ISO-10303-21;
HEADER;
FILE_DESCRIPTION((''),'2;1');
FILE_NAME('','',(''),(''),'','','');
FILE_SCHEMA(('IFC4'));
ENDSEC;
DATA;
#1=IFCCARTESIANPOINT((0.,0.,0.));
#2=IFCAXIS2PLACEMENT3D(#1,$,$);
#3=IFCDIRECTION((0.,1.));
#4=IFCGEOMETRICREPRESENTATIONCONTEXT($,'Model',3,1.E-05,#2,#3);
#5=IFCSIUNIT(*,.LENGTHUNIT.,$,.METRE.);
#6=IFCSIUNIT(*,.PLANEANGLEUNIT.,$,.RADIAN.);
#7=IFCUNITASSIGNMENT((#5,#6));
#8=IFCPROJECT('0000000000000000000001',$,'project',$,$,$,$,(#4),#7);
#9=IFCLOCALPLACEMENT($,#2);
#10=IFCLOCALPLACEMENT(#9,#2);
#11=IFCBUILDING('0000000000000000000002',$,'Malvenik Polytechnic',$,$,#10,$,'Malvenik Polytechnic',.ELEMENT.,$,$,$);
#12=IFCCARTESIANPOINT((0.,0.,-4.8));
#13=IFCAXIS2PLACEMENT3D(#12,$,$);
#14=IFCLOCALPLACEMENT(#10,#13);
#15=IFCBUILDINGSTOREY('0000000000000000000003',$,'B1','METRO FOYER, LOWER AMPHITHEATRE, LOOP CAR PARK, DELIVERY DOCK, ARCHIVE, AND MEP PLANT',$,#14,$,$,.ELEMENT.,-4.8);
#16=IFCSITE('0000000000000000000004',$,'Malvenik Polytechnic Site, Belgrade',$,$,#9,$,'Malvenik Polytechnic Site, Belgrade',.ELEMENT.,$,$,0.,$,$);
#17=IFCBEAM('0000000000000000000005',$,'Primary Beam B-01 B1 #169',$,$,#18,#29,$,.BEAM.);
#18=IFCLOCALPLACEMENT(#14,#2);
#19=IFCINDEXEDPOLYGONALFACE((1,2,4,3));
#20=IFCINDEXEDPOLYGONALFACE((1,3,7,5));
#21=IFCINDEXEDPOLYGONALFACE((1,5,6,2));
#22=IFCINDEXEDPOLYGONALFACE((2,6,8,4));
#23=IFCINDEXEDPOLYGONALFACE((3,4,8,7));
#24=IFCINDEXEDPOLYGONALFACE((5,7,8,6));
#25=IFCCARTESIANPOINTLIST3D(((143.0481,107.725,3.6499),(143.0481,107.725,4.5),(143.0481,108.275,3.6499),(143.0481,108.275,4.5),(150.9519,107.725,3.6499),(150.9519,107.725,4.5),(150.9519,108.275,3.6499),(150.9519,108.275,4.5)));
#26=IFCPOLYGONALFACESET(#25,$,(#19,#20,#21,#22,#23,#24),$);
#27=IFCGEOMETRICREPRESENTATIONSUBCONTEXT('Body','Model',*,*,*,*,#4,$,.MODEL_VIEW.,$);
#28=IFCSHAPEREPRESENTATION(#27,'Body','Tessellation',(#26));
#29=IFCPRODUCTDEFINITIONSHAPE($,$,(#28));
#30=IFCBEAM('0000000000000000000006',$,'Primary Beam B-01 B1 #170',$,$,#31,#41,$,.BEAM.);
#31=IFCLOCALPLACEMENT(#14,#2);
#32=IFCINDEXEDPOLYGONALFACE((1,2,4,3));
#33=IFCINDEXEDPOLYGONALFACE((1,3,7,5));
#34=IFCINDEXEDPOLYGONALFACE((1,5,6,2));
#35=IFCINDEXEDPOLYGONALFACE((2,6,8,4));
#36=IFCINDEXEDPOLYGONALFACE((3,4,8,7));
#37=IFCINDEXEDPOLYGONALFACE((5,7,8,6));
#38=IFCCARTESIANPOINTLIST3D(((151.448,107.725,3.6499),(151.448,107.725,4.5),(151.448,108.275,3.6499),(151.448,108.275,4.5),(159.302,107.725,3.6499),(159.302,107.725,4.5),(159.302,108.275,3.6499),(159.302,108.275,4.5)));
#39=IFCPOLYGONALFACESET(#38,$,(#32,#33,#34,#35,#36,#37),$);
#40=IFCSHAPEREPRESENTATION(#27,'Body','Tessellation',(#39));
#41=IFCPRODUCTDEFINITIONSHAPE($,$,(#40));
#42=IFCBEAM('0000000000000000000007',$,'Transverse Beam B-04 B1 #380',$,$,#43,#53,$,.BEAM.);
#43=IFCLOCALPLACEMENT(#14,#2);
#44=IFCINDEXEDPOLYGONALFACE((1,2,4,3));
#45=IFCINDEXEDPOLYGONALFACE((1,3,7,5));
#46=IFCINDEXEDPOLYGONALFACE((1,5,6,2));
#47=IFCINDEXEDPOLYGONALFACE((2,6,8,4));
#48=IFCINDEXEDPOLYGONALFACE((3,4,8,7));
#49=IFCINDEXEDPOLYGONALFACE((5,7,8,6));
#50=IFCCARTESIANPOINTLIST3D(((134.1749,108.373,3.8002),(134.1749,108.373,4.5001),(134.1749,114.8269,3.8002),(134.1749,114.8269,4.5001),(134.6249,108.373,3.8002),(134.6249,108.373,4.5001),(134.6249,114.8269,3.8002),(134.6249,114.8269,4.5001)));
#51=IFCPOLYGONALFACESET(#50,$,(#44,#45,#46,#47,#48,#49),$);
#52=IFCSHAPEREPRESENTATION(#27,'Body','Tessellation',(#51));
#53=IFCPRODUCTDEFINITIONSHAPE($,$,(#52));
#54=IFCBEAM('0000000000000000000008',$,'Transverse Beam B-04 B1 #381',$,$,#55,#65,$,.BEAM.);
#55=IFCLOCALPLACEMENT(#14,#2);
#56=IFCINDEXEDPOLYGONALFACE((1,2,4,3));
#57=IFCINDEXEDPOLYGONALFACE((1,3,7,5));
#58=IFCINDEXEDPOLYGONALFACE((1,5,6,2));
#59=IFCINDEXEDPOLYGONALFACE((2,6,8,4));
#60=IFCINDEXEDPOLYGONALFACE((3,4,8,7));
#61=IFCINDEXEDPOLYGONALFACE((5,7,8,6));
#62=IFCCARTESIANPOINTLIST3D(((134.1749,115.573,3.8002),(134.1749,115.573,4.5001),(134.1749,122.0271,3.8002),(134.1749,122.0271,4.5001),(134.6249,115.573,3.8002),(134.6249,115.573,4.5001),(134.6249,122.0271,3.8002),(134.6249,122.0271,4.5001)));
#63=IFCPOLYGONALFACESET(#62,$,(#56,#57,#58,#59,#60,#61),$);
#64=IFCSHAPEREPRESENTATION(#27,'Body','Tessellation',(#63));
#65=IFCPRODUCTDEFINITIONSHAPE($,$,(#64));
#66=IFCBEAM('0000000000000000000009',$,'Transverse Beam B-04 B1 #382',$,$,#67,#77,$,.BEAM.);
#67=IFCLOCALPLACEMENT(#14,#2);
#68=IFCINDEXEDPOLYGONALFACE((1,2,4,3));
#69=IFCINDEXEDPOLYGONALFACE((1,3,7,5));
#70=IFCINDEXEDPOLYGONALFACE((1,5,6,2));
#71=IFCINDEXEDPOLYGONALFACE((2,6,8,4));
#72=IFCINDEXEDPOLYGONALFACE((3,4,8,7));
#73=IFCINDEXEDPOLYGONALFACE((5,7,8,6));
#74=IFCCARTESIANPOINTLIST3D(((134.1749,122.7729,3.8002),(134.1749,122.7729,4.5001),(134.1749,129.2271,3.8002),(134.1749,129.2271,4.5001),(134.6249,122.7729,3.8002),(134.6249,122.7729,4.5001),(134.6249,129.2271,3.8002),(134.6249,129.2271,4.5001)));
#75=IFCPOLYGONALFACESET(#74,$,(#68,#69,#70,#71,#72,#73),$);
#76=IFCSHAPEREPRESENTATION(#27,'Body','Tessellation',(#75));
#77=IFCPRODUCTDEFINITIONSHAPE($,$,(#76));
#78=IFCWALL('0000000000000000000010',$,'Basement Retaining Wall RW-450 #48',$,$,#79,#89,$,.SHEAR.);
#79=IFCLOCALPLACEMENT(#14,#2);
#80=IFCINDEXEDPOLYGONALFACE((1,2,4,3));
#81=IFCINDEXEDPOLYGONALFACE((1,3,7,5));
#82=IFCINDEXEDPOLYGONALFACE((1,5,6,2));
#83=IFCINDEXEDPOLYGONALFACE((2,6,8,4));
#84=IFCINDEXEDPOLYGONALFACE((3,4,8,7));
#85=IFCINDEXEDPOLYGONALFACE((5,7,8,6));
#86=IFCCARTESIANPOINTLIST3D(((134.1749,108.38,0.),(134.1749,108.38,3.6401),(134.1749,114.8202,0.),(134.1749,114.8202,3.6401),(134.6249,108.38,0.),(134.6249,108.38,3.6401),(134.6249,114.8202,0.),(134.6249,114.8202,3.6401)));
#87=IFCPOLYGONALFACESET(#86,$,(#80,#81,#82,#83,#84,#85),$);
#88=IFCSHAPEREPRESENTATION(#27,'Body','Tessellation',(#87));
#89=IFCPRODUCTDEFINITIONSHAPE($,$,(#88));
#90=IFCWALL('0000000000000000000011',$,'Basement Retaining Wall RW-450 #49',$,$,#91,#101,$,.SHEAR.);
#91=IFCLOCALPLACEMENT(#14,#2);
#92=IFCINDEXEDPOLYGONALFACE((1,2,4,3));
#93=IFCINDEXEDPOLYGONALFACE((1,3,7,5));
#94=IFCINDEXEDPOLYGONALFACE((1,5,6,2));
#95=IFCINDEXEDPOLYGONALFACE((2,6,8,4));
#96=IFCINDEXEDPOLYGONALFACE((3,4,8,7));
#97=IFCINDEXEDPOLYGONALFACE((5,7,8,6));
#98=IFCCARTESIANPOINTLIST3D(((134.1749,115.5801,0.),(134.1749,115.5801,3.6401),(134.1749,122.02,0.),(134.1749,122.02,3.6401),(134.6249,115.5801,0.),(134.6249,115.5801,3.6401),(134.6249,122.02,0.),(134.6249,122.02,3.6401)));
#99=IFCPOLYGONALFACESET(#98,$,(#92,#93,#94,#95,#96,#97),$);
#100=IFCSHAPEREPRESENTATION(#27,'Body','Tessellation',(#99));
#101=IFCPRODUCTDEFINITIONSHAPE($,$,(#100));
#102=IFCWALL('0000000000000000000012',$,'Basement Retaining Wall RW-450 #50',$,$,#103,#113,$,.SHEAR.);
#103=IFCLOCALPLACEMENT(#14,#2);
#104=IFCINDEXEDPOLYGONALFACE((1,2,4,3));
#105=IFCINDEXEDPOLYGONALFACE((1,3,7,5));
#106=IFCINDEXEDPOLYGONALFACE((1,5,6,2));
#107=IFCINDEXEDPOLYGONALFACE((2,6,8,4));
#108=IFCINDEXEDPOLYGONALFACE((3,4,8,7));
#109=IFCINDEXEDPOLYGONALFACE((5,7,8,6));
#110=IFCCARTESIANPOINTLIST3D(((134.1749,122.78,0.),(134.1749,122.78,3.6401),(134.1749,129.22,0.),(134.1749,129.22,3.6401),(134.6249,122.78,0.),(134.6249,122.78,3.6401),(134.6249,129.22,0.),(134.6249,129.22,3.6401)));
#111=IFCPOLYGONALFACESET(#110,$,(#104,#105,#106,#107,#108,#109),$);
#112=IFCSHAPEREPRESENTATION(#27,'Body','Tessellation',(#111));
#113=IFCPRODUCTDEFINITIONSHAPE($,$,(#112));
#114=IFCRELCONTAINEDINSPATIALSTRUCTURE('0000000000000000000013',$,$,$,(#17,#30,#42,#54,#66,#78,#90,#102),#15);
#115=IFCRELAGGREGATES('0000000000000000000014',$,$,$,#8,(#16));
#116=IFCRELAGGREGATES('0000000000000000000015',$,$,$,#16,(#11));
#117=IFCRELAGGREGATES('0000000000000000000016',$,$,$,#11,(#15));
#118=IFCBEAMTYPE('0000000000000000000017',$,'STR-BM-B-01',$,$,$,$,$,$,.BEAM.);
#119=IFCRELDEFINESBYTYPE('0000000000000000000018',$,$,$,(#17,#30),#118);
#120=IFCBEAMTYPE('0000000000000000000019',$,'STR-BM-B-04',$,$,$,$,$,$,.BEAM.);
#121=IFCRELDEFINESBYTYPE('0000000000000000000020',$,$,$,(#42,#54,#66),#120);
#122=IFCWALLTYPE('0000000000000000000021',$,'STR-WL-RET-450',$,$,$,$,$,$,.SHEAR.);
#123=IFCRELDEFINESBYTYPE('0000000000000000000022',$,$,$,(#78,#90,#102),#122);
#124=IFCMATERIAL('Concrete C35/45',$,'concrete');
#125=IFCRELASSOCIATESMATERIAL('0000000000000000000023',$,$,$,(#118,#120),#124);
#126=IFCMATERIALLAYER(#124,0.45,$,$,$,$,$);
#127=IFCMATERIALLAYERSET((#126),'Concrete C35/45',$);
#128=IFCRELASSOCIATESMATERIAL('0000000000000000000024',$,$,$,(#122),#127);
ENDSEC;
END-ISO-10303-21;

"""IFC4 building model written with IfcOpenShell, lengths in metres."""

from ifc_helpers import new_model, si_unit, direction, frame, frame_2d, origin, origin_2d, place, context, subcontext, project, spatial, rectangle, extrude, material, layer, layer_set, material_profile, profile_set, type_object, element, save


model = new_model("IFC4")

# Units and contexts
model_context = context("Model", 3, precision=1e-05, world=origin(), true_north=direction((0.0, 1.0)))
body_context = subcontext(model_context, "Body", "Model", "MODEL_VIEW")
ifc_project = project(units=[si_unit("LENGTHUNIT", "METRE"), si_unit("PLANEANGLEUNIT", "RADIAN")], contexts=[model_context])

# Site, building, storey
site_placement = place(None, origin())
site = spatial("IfcSite", under=ifc_project, at=site_placement, Name="Malvenik Polytechnic Site, Belgrade", LongName="Malvenik Polytechnic Site, Belgrade", CompositionType="ELEMENT", RefElevation=0.0)
building_placement = place(site_placement, origin())
building = spatial("IfcBuilding", under=site, at=building_placement, Name="Malvenik Polytechnic", LongName="Malvenik Polytechnic", CompositionType="ELEMENT")
storey_placement = place(building_placement, frame((0.0, 0.0, -4.8)))
storey = spatial("IfcBuildingStorey", under=building, at=storey_placement, Name="B1", Description="METRO FOYER, LOWER AMPHITHEATRE, LOOP CAR PARK, DELIVERY DOCK, ARCHIVE, AND MEP PLANT", CompositionType="ELEMENT", Elevation=-4.8)

# Shared definitions
ifc_material_1 = material(Name="Concrete C35/45", Category="concrete")

# Beams
ifc_material_profile_1 = material_profile(ifc_material_1, rectangle(XDim=0.55, YDim=0.8501, at=origin_2d()), Name="RC BM 550x850")
ifc_profile_set_1 = profile_set([ifc_material_profile_1], Name="Concrete C35/45")
beam_type_1 = type_object("IfcBeamType", Name="STR-BM-B-01", PredefinedType="BEAM", material=ifc_profile_set_1)
beam_1_placement = place(storey_placement, frame((143.0481, 108.0, 4.075), z_axis=(1.0, 0.0, 0.0), x_axis=(0.0, 1.0, 0.0)))
element("IfcBeam", 1, at=beam_1_placement, inside=storey, type_object=beam_type_1, Name="Primary Beam B-01 B1 #169", PredefinedType="BEAM", context=body_context, shape_type="SweptSolid", body=[
    extrude(rectangle(XDim=0.55, YDim=0.8501, at=origin_2d()), origin(), (0.0, 0.0, 1.0), 7.9038),
])
beam_2_placement = place(storey_placement, frame((151.448, 108.0, 4.075), z_axis=(1.0, 0.0, 0.0), x_axis=(0.0, 1.0, 0.0)))
element("IfcBeam", 2, at=beam_2_placement, inside=storey, type_object=beam_type_1, Name="Primary Beam B-01 B1 #170", PredefinedType="BEAM", context=body_context, shape_type="SweptSolid", body=[
    extrude(rectangle(XDim=0.55, YDim=0.8501, at=origin_2d()), origin(), (0.0, 0.0, 1.0), 7.854),
])
ifc_material_profile_2 = material_profile(ifc_material_1, rectangle(XDim=0.45, YDim=0.7, at=origin_2d()), Name="RC BM 450x700")
ifc_profile_set_2 = profile_set([ifc_material_profile_2], Name="Concrete C35/45")
beam_type_2 = type_object("IfcBeamType", Name="STR-BM-B-04", PredefinedType="BEAM", material=ifc_profile_set_2)
beam_3_placement = place(storey_placement, frame((134.3999, 108.373, 4.1501), z_axis=(0.0, 1.0, 0.0), x_axis=(-1.0, 0.0, 0.0)))
element("IfcBeam", 3, at=beam_3_placement, inside=storey, type_object=beam_type_2, Name="Transverse Beam B-04 B1 #380", PredefinedType="BEAM", context=body_context, shape_type="SweptSolid", body=[
    extrude(rectangle(XDim=0.45, YDim=0.7, at=origin_2d()), origin(), (0.0, 0.0, 1.0), 6.4539),
])
for number, where, z_axis, x_axis, name in (
    (4, (134.3999, 115.573, 4.1501), (0.0, 1.0, 0.0), (-1.0, 0.0, 0.0), "Transverse Beam B-04 B1 #381"),
    (5, (134.3999, 122.7729, 4.1501), (0.0, 1.0, 0.0), (-1.0, 0.0, 0.0), "Transverse Beam B-04 B1 #382"),
):
    element("IfcBeam", number, at=place(storey_placement, frame(where, z_axis=z_axis, x_axis=x_axis)), inside=storey, type_object=beam_type_2, Name=name, PredefinedType="BEAM", context=body_context, shape_type="SweptSolid", body=[
        extrude(rectangle(XDim=0.45, YDim=0.7, at=origin_2d()), origin(), (0.0, 0.0, 1.0), 6.4541),
    ])

# Walls
ifc_layer = layer(ifc_material_1, 0.45)
ifc_layer_set = layer_set([ifc_layer], Name="Concrete C35/45")
wall_type = type_object("IfcWallType", Name="STR-WL-RET-450", PredefinedType="SHEAR", material=ifc_layer_set)
wall_placement = place(storey_placement, frame((134.3999, 108.3799, 0.0), z_axis=(0.0, 0.0, 1.0), x_axis=(0.0, 1.0, 0.0)))
element("IfcWall", 6, at=wall_placement, inside=storey, type_object=wall_type, Name="Basement Retaining Wall RW-450 #48", PredefinedType="SHEAR", context=body_context, shape_type="SweptSolid", body=[
    extrude(rectangle(XDim=6.4402, YDim=0.45, at=frame_2d((3.2202, 0.0))), origin(), (0.0, 0.0, 1.0), 3.6401),
])
for number, where, z_axis, x_axis, name in (
    (7, (134.3999, 115.5801, 0.0), (0.0, 0.0, 1.0), (0.0, 1.0, 0.0), "Basement Retaining Wall RW-450 #49"),
    (8, (134.3999, 122.78, 0.0), (0.0, 0.0, 1.0), (0.0, 1.0, 0.0), "Basement Retaining Wall RW-450 #50"),
):
    element("IfcWall", number, at=place(storey_placement, frame(where, z_axis=z_axis, x_axis=x_axis)), inside=storey, type_object=wall_type, Name=name, PredefinedType="SHEAR", context=body_context, shape_type="SweptSolid", body=[
        extrude(rectangle(XDim=6.4399, YDim=0.45, at=frame_2d((3.22, 0.0))), origin(), (0.0, 0.0, 1.0), 3.6401),
    ])

save(model, "model.ifc")
